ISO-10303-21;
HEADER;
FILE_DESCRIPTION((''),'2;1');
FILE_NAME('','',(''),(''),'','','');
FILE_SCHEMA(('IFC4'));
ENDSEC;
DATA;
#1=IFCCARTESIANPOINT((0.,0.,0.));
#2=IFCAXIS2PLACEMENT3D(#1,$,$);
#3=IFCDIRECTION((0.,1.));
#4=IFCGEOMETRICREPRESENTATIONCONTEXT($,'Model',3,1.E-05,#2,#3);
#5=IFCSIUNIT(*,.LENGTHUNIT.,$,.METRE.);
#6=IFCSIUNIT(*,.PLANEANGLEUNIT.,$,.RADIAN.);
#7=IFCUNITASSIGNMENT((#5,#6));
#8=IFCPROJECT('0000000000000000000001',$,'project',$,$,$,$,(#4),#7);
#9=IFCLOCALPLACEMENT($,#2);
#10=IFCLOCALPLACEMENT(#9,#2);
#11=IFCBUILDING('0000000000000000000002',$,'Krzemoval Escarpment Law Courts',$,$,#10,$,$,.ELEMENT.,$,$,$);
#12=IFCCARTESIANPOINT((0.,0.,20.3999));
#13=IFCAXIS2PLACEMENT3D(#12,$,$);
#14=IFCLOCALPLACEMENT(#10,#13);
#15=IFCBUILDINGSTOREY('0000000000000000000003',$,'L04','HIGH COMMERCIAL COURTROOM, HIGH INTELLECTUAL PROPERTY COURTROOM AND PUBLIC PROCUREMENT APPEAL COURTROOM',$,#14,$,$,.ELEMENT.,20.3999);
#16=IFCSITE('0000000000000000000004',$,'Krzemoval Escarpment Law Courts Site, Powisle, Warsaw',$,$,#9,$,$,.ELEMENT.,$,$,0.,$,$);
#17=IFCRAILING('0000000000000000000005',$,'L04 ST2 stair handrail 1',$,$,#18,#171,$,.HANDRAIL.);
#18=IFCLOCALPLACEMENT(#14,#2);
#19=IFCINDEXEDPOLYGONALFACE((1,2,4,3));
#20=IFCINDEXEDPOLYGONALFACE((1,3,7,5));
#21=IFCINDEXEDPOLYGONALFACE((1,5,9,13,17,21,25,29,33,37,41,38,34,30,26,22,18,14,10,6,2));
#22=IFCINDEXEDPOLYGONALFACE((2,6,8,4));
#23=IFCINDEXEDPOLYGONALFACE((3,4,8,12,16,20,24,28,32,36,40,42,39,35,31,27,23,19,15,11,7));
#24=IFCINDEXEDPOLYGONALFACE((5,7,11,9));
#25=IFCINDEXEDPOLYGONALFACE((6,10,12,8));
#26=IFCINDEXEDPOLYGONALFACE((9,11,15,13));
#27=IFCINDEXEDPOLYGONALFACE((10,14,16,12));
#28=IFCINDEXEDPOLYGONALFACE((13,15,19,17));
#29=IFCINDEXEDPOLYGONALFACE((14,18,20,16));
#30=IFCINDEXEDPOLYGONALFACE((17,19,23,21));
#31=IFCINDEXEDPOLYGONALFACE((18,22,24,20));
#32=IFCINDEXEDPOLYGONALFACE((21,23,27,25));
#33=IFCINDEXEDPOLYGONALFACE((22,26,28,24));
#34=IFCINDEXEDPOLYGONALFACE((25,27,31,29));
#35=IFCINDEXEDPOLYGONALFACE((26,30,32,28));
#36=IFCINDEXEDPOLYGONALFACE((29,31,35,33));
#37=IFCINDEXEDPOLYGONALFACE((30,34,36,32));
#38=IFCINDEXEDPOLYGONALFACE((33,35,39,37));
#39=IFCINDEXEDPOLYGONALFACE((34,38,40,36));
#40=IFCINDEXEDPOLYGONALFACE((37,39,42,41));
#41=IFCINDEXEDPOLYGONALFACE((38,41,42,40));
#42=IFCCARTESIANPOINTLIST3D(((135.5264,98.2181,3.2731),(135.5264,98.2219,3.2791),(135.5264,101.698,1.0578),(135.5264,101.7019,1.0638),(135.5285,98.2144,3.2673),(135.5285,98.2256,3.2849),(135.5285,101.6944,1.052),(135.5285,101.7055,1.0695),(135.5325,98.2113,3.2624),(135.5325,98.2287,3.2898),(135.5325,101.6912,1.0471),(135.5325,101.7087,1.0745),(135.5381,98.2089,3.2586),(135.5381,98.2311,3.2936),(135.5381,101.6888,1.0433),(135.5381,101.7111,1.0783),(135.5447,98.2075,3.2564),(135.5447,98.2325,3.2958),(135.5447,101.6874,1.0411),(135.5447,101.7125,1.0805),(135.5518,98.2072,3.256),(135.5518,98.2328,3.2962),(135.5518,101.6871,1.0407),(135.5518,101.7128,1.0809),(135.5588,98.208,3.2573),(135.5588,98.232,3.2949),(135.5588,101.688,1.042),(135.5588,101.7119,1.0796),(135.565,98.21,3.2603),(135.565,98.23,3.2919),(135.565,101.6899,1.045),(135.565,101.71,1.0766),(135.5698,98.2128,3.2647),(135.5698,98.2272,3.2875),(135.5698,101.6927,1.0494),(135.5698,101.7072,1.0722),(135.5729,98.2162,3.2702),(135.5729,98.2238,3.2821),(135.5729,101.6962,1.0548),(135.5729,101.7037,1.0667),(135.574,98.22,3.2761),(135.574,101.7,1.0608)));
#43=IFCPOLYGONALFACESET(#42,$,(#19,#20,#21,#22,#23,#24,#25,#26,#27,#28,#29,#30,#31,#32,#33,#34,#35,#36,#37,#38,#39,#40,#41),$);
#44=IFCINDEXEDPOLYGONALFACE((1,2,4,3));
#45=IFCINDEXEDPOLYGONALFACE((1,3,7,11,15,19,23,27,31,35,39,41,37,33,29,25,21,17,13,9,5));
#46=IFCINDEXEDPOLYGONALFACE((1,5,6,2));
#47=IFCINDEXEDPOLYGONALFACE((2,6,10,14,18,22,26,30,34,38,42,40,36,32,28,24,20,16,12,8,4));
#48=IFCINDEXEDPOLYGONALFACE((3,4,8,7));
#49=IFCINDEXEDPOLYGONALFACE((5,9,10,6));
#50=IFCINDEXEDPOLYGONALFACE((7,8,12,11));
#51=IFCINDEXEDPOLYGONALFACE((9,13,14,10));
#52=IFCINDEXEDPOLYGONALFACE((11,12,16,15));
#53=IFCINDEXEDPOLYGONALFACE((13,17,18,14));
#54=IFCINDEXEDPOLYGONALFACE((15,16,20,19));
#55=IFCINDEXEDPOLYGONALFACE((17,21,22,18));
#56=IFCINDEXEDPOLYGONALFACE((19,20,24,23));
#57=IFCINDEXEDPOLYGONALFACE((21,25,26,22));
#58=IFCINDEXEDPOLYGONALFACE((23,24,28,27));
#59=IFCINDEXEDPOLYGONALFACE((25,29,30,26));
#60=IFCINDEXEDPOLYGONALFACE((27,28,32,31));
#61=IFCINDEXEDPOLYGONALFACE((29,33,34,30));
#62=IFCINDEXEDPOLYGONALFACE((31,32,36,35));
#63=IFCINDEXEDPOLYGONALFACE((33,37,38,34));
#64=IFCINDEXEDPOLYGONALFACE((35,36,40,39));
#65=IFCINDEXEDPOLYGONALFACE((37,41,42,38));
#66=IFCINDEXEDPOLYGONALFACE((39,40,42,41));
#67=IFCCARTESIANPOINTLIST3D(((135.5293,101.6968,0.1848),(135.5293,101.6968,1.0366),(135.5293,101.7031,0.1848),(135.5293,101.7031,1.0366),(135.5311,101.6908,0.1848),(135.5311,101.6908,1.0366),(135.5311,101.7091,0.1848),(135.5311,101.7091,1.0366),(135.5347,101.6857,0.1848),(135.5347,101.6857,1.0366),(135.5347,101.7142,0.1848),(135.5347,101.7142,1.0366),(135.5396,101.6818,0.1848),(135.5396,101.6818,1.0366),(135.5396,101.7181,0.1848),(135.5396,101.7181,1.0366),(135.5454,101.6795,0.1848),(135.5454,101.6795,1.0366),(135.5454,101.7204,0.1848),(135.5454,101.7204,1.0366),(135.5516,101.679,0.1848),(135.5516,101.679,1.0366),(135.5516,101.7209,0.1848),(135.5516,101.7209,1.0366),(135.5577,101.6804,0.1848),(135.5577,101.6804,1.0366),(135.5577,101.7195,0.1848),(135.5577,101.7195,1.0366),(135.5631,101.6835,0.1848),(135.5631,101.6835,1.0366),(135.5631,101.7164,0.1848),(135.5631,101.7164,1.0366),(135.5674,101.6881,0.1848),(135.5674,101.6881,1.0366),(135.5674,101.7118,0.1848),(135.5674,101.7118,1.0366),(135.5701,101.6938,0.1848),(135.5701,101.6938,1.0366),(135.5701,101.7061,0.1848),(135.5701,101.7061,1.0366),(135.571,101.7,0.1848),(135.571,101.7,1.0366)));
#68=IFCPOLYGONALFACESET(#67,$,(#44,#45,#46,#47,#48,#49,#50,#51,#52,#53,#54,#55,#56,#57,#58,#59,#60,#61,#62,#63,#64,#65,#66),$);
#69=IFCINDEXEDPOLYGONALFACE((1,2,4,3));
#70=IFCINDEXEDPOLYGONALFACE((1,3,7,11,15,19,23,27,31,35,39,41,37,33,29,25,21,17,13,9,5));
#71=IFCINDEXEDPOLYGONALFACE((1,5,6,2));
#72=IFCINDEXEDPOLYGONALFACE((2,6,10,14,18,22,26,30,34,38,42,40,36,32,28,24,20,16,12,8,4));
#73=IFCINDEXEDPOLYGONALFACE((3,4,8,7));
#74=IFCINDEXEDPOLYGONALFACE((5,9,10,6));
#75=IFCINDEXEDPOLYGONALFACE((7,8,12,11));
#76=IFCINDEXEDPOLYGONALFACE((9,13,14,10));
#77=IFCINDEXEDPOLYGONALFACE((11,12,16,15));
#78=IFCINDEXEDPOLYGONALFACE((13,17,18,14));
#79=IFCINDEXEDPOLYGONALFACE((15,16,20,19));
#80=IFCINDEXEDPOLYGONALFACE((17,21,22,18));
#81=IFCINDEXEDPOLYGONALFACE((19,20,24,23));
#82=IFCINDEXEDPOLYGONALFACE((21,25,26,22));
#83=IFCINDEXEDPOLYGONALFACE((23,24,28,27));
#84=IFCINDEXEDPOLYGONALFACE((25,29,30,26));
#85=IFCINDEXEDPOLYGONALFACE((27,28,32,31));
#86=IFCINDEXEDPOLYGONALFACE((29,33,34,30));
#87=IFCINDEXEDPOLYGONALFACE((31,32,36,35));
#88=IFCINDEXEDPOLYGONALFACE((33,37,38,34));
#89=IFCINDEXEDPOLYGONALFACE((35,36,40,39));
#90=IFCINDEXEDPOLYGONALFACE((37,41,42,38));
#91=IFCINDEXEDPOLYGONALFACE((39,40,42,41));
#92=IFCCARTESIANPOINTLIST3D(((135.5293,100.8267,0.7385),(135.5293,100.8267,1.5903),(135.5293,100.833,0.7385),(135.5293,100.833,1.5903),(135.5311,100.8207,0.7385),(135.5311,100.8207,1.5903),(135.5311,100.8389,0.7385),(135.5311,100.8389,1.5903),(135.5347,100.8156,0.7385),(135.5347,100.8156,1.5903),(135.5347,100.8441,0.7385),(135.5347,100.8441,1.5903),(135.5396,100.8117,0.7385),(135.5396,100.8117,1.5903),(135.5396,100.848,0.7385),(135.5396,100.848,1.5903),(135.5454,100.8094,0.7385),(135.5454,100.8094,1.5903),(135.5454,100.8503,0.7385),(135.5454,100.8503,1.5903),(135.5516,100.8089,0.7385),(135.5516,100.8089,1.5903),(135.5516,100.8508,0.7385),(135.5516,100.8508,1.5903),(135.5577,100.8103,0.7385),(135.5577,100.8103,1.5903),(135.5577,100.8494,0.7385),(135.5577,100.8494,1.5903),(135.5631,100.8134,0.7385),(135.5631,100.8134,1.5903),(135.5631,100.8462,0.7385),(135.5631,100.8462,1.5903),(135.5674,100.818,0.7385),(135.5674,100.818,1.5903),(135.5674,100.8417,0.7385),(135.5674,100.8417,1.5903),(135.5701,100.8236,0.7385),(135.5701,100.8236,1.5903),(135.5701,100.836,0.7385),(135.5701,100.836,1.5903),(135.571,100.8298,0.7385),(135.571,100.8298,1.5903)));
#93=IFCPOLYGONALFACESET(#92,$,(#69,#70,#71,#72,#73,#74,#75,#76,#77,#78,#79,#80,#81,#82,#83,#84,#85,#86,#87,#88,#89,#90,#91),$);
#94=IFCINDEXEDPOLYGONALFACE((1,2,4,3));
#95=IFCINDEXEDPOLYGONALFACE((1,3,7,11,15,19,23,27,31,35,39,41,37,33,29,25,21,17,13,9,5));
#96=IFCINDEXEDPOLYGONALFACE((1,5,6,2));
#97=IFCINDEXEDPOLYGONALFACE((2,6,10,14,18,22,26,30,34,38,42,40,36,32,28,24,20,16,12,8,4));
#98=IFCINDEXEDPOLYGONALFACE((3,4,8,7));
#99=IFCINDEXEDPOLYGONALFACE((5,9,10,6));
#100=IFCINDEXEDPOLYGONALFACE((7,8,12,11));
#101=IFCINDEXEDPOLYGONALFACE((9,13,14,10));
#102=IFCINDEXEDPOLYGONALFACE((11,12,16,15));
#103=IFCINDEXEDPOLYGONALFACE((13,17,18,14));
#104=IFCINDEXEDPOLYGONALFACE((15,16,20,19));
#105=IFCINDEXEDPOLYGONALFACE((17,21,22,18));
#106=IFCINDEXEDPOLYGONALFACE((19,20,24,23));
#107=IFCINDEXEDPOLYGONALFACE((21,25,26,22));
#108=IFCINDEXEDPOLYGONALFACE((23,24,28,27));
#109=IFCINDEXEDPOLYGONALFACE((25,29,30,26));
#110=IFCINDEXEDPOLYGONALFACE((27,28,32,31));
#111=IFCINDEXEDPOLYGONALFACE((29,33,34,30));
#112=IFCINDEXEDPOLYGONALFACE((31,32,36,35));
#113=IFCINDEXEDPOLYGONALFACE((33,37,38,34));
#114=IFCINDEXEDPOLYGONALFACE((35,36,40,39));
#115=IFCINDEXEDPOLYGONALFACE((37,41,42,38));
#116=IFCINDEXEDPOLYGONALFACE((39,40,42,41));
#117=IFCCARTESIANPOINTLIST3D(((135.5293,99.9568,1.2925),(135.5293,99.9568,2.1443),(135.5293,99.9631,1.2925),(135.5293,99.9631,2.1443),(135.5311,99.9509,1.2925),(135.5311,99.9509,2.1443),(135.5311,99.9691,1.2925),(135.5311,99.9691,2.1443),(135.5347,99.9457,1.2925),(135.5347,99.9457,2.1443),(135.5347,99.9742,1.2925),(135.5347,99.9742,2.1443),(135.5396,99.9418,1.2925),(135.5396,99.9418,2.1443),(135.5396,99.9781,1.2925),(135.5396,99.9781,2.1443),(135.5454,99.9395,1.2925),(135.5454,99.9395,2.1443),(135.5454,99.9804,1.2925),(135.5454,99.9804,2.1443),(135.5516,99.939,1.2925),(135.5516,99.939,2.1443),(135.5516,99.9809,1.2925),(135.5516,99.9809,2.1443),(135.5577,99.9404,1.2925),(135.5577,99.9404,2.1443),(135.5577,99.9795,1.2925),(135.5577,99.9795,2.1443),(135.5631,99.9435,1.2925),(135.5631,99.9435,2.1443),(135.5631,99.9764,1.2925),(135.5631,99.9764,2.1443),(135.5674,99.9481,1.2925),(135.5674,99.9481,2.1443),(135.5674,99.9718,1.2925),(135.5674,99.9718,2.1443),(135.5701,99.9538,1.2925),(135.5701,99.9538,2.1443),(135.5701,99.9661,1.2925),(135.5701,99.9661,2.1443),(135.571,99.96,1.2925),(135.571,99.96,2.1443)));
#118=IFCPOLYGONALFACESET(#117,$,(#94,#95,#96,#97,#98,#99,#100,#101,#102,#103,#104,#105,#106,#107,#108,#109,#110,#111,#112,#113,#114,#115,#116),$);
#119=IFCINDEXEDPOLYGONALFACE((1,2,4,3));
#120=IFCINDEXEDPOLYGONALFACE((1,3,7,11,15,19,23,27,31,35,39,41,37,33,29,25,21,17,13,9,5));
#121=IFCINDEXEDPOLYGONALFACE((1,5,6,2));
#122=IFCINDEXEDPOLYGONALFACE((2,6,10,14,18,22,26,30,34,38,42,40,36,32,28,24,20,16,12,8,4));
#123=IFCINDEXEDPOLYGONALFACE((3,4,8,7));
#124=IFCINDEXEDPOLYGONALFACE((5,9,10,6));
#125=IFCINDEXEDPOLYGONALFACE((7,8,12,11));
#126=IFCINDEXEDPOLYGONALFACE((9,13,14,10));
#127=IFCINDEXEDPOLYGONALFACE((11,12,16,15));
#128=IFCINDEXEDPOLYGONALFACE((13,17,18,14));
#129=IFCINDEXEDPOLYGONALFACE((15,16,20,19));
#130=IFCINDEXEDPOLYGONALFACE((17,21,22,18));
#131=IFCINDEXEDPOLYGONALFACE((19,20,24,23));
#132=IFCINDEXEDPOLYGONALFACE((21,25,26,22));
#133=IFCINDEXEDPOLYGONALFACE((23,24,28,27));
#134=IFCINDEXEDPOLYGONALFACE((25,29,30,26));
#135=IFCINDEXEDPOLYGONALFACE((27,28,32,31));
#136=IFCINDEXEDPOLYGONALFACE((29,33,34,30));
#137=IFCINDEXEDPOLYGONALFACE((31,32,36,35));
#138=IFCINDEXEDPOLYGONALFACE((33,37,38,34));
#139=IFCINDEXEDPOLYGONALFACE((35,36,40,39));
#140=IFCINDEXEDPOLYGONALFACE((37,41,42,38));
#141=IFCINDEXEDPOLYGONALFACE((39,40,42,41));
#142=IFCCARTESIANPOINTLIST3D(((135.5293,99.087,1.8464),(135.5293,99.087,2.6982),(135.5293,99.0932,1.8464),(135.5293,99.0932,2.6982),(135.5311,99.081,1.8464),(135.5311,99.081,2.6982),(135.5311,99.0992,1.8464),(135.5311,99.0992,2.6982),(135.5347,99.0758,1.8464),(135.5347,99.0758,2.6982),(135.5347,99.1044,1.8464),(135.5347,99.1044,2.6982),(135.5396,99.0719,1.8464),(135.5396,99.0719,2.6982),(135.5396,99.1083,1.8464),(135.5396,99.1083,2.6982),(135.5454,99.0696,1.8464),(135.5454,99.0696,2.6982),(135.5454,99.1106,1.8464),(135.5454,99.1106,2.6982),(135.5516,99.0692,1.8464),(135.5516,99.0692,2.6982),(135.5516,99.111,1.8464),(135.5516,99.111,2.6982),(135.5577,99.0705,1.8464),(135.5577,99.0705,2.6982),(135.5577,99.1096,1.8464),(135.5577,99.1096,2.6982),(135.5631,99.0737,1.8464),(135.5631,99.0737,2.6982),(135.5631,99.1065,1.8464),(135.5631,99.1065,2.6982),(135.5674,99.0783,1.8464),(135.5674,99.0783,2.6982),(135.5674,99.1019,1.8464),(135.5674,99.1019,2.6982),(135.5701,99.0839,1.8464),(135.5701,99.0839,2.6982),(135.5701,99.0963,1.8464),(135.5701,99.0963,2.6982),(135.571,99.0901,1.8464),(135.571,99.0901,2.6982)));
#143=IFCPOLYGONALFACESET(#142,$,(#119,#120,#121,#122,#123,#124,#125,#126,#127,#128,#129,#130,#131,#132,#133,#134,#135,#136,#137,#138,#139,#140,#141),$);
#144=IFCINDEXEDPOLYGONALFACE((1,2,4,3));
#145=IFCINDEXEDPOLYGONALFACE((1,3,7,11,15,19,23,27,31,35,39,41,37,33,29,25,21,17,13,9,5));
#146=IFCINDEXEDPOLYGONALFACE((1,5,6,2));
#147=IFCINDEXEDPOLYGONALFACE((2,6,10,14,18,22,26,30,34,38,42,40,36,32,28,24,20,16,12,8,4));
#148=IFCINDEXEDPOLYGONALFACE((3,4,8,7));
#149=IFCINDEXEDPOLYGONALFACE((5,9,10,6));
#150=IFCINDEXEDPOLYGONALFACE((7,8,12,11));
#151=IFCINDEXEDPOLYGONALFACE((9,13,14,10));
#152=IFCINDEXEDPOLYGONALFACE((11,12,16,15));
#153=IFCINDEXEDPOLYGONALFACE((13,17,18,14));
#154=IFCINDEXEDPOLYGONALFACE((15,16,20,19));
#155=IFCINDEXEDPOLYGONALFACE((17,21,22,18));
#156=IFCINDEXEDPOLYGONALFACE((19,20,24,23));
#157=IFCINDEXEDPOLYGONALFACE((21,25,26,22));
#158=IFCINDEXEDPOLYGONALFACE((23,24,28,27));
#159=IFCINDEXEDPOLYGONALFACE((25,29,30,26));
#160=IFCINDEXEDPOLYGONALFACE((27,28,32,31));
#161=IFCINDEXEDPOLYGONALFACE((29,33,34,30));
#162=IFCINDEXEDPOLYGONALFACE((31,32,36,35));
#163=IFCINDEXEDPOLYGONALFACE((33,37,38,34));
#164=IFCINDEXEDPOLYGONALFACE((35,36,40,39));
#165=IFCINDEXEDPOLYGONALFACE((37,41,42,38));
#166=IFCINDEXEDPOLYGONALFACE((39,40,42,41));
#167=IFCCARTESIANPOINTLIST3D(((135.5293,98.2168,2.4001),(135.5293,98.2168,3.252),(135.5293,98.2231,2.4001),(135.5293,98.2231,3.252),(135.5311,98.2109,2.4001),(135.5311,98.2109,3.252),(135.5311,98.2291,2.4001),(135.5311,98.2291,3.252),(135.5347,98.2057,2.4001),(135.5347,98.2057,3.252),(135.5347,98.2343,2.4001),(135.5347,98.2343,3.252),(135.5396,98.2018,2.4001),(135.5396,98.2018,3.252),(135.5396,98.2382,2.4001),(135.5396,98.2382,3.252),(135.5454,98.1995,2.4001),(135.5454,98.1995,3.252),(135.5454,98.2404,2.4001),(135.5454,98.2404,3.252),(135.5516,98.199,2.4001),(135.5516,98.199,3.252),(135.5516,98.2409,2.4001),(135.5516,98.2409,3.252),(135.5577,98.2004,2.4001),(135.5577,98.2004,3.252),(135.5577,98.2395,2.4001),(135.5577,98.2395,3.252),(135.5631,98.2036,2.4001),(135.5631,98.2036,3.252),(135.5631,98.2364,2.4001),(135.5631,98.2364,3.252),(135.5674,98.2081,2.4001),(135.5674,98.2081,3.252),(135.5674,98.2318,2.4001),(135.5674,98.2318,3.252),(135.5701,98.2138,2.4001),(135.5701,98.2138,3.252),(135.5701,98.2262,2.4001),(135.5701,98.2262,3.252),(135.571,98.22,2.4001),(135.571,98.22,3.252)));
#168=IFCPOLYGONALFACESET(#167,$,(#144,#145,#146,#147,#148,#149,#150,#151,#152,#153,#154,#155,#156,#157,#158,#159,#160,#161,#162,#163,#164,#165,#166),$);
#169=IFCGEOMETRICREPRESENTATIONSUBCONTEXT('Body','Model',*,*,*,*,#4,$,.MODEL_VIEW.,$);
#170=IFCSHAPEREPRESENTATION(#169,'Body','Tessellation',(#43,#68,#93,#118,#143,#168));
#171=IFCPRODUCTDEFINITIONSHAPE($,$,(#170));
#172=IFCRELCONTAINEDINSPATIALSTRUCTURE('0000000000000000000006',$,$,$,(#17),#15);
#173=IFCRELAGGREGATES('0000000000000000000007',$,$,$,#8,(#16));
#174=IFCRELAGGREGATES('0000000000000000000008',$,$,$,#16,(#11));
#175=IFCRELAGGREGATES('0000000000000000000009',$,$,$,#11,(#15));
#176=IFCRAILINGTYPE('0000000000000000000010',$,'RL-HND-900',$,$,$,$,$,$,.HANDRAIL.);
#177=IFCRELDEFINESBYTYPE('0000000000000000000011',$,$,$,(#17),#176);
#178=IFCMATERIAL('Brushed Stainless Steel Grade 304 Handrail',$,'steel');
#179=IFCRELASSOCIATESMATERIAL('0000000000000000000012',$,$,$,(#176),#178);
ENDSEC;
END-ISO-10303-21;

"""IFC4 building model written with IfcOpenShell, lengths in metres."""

from ifc_helpers import new_model, si_unit, direction, frame, origin, origin_2d, place, context, subcontext, project, spatial, circle, extrude, material, type_object, element, save


model = new_model("IFC4")

# Units and contexts
model_context = context("Model", 3, precision=1e-05, world=origin(), true_north=direction((0.0, 1.0)))
body_context = subcontext(model_context, "Body", "Model", "MODEL_VIEW")
ifc_project = project(units=[si_unit("LENGTHUNIT", "METRE"), si_unit("PLANEANGLEUNIT", "RADIAN")], contexts=[model_context])

# Site, building, storey
site_placement = place(None, origin())
site = spatial("IfcSite", under=ifc_project, at=site_placement, Name="Krzemoval Escarpment Law Courts Site, Powisle, Warsaw", CompositionType="ELEMENT", RefElevation=0.0)
building_placement = place(site_placement, origin())
building = spatial("IfcBuilding", under=site, at=building_placement, Name="Krzemoval Escarpment Law Courts", CompositionType="ELEMENT")
storey_placement = place(building_placement, frame((0.0, 0.0, 20.3999)))
storey = spatial("IfcBuildingStorey", under=building, at=storey_placement, Name="L04", Description="HIGH COMMERCIAL COURTROOM, HIGH INTELLECTUAL PROPERTY COURTROOM AND PUBLIC PROCUREMENT APPEAL COURTROOM", CompositionType="ELEMENT", Elevation=20.3999)

# Railing
ifc_material_1 = material(Name="Brushed Stainless Steel Grade 304 Handrail", Category="steel")
railing_type_1 = type_object("IfcRailingType", Name="RL-HND-900", PredefinedType="HANDRAIL", material=ifc_material_1)
railing_1_placement = place(storey_placement, frame((135.55, 101.7, 0.1848)))
element("IfcRailing", 1, at=railing_1_placement, inside=storey, type_object=railing_type_1, Name="L04 ST2 stair handrail 1", PredefinedType="HANDRAIL", context=body_context, shape_type="SweptSolid", body=[
    extrude(circle(Radius=0.0239, at=origin_2d()), frame((0.0, 0.0, 0.876), z_axis=(0.0, -0.843574, 0.537013), x_axis=(1.0, 0.0, 0.0)), (0.0, 0.0, 1.0), 4.1252),
    extrude(circle(Radius=0.021, at=origin_2d()), origin(), (0.0, 0.0, 1.0), 0.8518),
    extrude(circle(Radius=0.021, at=origin_2d()), frame((0.0, -0.8701, 0.5537)), (0.0, 0.0, 1.0), 0.8518),
    extrude(circle(Radius=0.021, at=origin_2d()), frame((0.0, -1.74, 1.1077)), (0.0, 0.0, 1.0), 0.8518),
    extrude(circle(Radius=0.021, at=origin_2d()), frame((0.0, -2.6099, 1.6616)), (0.0, 0.0, 1.0), 0.8518),
    extrude(circle(Radius=0.021, at=origin_2d()), frame((0.0, -3.48, 2.2153)), (0.0, 0.0, 1.0), 0.8518),
])

save(model, "model.ifc")
